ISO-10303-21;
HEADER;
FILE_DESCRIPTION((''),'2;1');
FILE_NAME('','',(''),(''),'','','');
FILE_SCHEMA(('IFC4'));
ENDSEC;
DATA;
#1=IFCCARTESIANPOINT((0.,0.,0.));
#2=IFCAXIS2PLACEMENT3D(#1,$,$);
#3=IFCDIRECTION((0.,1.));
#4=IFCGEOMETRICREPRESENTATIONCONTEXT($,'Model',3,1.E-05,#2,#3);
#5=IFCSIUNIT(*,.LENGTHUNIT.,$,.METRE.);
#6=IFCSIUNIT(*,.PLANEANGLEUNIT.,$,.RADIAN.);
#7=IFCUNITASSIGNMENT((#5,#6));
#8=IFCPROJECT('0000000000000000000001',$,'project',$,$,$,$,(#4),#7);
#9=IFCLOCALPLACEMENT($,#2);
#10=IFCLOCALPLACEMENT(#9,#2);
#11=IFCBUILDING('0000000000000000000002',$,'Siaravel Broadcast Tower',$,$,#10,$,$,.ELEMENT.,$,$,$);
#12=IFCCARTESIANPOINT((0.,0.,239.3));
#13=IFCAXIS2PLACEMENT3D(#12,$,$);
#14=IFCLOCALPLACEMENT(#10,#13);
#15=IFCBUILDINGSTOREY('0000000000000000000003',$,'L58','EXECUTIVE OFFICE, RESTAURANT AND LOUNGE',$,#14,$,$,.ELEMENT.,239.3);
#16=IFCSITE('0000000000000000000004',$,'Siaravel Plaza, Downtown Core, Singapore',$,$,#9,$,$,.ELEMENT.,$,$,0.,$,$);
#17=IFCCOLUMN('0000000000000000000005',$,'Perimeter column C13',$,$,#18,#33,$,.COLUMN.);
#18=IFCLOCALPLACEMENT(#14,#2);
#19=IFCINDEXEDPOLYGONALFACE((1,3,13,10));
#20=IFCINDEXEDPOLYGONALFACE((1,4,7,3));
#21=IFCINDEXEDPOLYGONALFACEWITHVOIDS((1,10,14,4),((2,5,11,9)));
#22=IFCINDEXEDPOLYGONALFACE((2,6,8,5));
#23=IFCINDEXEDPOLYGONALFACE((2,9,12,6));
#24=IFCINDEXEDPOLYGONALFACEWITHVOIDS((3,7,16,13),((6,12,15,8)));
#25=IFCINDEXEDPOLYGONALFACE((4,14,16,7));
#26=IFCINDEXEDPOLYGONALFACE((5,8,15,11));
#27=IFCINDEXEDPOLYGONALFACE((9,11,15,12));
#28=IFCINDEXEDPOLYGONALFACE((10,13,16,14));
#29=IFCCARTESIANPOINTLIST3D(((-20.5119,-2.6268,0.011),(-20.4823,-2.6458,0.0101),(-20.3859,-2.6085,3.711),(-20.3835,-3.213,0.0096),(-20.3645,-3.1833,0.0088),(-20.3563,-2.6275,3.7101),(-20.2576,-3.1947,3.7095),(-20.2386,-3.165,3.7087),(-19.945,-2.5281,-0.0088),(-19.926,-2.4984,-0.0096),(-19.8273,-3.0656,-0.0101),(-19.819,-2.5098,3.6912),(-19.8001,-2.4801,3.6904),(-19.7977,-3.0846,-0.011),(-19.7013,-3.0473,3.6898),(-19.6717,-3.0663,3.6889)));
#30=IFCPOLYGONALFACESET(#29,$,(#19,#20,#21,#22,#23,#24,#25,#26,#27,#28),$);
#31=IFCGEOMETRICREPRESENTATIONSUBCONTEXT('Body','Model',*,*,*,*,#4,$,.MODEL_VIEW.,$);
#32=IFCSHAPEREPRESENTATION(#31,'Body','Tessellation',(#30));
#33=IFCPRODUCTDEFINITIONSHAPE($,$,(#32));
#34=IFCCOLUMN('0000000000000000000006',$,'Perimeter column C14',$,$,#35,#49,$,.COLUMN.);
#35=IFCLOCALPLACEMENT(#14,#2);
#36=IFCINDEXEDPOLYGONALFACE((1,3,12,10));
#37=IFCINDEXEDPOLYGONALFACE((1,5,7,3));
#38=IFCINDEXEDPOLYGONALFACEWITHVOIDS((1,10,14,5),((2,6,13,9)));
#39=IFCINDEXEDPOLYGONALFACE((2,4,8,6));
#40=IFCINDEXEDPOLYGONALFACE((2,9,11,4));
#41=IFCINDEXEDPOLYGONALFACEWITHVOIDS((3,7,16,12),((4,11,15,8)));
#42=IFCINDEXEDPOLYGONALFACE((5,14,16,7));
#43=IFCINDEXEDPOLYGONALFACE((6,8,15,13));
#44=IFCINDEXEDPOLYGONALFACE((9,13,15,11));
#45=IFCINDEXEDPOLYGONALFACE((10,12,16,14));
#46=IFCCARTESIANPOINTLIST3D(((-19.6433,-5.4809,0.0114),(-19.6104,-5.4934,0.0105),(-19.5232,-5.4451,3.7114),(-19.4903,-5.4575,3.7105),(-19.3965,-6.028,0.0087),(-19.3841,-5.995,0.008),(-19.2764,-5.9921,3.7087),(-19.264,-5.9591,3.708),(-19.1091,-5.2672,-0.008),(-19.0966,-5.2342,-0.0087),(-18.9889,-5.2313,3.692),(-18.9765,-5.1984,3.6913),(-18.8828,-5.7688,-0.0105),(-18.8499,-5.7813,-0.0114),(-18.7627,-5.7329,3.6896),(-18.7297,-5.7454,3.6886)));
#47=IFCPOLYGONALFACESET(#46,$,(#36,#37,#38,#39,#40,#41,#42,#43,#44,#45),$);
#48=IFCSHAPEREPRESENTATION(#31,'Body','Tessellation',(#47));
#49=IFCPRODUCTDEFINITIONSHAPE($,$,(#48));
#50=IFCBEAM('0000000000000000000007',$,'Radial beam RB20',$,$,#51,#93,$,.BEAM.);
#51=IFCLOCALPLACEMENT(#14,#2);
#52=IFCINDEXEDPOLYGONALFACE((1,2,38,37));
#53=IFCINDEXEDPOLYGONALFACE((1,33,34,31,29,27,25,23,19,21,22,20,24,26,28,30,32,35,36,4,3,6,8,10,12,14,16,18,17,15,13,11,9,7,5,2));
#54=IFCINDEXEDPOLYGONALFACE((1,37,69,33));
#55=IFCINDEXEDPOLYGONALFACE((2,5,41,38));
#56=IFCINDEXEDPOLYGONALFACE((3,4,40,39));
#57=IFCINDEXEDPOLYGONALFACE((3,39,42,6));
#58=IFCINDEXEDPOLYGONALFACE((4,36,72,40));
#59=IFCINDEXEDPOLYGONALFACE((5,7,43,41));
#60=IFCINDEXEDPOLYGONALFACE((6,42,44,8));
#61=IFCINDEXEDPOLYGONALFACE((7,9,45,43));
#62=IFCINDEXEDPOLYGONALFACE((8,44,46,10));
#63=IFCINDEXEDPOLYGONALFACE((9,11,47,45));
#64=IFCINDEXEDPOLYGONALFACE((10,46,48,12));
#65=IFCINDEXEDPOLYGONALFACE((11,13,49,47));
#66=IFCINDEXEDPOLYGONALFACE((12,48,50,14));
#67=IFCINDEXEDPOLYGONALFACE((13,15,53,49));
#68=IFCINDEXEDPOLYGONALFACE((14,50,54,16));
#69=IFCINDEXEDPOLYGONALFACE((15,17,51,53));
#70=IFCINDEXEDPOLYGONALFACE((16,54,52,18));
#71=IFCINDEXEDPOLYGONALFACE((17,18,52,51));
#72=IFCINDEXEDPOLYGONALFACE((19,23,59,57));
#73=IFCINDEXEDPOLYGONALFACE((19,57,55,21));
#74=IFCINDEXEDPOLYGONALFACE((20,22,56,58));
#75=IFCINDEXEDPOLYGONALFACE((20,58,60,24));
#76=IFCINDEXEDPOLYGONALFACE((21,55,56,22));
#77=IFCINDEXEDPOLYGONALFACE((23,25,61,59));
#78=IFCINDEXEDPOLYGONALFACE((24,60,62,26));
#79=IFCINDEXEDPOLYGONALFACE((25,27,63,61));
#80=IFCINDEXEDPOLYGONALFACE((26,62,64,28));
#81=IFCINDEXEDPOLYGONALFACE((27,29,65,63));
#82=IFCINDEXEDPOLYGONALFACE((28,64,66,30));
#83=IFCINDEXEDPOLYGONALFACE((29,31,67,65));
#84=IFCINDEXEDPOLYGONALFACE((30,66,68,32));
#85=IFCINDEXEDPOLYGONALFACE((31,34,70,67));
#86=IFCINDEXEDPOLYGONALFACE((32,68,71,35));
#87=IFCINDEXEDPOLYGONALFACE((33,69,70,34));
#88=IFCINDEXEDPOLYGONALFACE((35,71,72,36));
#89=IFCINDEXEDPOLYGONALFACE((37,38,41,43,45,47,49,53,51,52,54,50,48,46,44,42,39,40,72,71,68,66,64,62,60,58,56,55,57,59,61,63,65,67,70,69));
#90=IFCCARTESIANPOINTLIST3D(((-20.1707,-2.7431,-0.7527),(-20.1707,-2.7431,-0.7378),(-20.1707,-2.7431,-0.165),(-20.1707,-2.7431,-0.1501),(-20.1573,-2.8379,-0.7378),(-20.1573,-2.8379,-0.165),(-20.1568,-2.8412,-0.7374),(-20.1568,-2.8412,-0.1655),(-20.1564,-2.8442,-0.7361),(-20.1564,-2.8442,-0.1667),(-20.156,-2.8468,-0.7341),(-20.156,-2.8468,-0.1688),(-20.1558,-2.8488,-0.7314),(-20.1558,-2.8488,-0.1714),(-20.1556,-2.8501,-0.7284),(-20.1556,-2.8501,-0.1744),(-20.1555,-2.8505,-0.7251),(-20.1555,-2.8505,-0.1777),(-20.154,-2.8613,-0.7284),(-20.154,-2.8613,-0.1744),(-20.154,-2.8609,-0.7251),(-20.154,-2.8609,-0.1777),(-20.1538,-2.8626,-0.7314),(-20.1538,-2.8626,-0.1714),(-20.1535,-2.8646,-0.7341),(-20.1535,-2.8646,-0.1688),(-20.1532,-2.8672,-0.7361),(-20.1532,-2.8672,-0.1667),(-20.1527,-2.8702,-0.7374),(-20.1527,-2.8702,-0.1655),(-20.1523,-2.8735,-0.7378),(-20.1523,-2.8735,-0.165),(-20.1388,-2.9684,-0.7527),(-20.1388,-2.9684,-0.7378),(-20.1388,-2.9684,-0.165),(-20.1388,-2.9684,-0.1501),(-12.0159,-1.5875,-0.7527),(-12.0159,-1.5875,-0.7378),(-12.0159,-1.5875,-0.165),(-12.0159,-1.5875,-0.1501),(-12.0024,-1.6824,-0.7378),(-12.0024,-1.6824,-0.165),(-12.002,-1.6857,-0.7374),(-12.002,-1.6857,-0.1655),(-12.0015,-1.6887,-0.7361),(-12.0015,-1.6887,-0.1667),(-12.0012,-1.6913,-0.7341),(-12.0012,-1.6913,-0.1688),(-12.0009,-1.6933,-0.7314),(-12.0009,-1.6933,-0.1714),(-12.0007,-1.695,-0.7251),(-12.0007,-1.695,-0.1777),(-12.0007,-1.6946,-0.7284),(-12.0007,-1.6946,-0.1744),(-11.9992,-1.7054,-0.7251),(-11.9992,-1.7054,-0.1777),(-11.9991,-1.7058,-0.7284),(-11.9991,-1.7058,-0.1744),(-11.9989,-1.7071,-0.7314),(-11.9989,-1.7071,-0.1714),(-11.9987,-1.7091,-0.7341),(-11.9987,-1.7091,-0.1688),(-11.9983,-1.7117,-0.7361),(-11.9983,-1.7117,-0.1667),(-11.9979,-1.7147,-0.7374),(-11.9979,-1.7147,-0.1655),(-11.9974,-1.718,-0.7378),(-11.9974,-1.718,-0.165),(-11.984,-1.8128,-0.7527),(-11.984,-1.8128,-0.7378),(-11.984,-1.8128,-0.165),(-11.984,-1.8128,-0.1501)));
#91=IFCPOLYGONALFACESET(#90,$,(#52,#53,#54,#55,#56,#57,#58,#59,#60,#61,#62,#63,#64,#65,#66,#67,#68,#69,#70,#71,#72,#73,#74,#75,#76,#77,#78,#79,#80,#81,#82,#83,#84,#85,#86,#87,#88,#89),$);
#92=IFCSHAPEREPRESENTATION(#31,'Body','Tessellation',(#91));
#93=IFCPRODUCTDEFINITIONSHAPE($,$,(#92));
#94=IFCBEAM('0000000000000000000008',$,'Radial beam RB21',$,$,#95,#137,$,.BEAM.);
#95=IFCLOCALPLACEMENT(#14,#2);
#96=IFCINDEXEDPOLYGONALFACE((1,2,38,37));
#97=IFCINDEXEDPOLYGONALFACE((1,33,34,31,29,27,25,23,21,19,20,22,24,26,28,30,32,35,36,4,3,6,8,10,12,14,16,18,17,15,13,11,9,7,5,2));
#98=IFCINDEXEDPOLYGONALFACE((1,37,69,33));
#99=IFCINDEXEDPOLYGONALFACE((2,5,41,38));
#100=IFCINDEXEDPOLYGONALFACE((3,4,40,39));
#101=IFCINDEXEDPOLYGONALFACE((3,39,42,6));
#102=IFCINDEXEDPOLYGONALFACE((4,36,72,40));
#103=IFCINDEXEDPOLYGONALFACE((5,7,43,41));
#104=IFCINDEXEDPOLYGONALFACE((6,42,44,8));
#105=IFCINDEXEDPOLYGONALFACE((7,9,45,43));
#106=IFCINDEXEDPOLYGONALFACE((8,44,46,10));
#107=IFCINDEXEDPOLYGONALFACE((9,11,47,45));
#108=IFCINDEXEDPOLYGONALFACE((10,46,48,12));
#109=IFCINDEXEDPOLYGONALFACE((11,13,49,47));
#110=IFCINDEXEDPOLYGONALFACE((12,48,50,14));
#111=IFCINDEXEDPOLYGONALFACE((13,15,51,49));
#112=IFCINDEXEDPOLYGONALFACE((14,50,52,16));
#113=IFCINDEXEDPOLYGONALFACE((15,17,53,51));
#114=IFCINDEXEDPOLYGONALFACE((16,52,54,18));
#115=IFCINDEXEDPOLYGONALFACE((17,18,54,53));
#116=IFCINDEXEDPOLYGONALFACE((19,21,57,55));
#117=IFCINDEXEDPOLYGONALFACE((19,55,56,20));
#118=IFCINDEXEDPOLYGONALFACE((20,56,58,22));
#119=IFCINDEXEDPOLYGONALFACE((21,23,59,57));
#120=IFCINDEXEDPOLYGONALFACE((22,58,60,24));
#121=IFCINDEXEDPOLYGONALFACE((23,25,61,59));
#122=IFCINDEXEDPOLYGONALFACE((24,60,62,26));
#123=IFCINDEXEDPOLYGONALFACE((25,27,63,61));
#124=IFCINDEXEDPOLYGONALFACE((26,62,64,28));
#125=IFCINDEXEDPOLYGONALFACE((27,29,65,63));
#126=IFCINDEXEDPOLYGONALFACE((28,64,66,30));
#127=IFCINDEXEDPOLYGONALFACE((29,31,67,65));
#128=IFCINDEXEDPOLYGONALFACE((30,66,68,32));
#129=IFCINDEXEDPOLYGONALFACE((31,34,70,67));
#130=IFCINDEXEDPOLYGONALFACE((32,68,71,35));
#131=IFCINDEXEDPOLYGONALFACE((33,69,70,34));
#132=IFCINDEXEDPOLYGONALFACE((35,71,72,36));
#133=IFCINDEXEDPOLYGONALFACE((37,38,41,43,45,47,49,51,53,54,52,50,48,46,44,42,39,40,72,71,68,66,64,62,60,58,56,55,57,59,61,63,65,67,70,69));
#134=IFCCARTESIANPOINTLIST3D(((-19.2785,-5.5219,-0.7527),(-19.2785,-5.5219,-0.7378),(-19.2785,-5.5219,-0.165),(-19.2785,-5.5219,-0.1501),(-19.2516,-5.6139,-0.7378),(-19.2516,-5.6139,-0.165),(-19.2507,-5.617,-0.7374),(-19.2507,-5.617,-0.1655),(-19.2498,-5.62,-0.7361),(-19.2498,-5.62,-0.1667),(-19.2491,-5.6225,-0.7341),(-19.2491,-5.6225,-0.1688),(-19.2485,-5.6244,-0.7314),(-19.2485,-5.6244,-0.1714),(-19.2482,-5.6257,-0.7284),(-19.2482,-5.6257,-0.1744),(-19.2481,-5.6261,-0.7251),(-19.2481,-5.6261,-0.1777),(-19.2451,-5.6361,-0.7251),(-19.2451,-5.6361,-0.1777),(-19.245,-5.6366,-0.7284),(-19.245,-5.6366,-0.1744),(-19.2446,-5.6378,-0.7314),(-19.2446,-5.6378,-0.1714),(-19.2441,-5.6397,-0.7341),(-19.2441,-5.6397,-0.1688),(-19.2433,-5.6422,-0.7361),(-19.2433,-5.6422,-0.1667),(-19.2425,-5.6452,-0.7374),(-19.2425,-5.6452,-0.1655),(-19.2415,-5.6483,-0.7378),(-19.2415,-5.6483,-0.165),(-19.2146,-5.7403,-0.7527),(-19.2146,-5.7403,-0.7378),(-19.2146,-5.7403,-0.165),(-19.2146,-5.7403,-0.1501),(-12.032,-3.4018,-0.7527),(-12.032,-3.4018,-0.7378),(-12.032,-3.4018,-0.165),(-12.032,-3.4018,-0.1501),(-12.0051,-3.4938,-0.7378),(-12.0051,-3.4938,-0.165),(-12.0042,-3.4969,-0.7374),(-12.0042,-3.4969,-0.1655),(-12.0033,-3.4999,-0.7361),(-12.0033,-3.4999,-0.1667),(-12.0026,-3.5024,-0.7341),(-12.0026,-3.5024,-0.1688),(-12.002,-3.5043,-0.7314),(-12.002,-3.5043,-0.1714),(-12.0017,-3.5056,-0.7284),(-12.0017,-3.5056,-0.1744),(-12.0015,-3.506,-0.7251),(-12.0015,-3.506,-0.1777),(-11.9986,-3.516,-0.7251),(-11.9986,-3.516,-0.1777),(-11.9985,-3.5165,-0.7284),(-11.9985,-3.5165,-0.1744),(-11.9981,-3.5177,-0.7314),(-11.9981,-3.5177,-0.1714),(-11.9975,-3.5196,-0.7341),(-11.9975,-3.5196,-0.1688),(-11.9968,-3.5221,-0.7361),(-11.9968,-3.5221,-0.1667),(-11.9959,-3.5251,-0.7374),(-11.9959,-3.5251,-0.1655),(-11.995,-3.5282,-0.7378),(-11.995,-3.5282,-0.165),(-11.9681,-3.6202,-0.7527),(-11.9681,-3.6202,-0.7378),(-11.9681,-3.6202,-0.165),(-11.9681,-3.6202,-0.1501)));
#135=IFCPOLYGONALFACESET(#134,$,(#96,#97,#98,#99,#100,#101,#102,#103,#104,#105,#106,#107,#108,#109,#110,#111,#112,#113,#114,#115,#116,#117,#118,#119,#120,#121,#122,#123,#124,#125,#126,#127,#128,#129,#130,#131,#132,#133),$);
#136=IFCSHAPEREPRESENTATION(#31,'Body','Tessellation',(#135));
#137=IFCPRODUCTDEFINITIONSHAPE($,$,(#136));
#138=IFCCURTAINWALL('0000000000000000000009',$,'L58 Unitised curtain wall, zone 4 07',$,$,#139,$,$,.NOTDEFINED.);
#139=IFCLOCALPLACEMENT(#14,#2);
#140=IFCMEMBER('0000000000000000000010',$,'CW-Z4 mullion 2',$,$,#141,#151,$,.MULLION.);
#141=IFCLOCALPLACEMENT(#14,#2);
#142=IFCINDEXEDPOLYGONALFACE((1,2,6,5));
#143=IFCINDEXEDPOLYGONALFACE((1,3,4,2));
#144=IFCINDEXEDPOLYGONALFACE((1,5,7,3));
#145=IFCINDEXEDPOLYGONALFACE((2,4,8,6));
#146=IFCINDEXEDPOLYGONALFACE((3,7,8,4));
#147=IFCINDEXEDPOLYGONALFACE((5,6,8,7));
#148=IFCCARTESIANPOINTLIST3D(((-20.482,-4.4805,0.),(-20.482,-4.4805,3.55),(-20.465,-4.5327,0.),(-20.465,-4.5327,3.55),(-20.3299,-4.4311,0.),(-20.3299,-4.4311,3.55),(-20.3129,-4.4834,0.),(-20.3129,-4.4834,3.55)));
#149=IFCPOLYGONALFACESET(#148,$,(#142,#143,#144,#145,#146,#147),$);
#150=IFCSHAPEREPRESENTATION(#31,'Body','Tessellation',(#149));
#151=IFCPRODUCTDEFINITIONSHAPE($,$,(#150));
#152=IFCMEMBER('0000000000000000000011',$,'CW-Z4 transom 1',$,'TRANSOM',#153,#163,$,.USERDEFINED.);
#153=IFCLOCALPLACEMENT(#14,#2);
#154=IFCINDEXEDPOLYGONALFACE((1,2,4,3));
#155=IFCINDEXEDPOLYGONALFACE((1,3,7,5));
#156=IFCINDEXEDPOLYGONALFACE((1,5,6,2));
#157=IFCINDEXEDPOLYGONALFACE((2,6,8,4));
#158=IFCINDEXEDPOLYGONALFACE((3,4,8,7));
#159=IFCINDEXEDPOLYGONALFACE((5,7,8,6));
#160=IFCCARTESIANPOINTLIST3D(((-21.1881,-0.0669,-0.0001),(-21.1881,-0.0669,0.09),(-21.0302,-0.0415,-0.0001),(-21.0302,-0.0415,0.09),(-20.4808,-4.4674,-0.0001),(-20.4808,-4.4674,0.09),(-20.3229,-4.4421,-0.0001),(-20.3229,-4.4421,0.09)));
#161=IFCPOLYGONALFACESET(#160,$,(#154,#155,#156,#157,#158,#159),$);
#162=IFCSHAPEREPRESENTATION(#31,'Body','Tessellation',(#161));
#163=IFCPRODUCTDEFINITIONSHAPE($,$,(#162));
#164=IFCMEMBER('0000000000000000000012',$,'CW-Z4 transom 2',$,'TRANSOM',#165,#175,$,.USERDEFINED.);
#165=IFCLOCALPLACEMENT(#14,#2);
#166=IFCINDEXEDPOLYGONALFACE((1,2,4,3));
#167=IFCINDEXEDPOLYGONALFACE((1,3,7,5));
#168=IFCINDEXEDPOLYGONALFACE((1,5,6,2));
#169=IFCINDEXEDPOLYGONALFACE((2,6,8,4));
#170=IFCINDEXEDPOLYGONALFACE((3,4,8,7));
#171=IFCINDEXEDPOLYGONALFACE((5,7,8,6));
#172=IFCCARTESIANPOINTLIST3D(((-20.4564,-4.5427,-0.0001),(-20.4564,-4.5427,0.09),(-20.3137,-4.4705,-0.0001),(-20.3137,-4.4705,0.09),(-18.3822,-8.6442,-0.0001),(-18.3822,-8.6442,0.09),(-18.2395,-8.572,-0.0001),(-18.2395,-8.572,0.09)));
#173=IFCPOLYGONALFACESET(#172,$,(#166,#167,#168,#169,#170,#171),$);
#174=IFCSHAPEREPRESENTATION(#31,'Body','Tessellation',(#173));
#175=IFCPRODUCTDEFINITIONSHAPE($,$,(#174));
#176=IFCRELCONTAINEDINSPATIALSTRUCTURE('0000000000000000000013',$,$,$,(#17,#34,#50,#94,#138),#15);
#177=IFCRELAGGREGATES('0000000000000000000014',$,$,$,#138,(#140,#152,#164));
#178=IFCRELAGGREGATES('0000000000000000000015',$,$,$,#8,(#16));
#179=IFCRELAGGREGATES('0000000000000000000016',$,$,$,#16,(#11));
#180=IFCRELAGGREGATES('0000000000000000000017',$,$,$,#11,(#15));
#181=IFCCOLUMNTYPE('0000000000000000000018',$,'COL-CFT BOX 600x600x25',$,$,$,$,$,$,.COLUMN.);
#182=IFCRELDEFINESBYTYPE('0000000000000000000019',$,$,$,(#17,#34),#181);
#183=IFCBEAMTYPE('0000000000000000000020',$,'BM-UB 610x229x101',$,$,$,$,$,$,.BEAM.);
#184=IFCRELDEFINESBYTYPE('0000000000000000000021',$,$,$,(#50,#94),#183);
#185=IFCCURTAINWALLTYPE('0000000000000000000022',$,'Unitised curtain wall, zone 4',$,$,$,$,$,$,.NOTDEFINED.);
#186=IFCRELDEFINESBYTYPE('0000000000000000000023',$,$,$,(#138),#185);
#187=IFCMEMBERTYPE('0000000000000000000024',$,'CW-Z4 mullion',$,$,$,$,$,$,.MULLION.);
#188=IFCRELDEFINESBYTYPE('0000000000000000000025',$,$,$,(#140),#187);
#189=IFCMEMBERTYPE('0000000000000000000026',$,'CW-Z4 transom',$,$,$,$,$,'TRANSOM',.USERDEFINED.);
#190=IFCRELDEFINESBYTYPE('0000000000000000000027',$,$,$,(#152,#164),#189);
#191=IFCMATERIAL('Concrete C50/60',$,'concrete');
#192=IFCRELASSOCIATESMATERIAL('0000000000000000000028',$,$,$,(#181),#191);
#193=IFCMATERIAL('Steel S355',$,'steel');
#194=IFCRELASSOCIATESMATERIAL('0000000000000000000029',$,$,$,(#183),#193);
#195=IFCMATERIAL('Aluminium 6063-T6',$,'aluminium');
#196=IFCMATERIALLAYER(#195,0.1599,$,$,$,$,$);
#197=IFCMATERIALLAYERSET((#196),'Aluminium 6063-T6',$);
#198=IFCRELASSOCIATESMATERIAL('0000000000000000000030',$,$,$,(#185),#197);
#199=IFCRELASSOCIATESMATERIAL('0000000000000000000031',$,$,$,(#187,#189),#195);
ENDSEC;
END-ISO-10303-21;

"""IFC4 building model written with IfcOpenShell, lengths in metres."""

from ifc_helpers import new_model, si_unit, direction, frame, origin, origin_2d, place, context, subcontext, project, spatial, rectangle, hollow_rectangle, i_section, extrude, material, layer, layer_set, material_profile, profile_set, type_object, element, aggregate, save


model = new_model("IFC4")

# Units and contexts
model_context = context("Model", 3, precision=1e-05, world=origin(), true_north=direction((0.0, 1.0)))
body_context = subcontext(model_context, "Body", "Model", "MODEL_VIEW")
ifc_project = project(units=[si_unit("LENGTHUNIT", "METRE"), si_unit("PLANEANGLEUNIT", "RADIAN")], contexts=[model_context])

# Site, building, storey
site_placement = place(None, origin())
site = spatial("IfcSite", under=ifc_project, at=site_placement, Name="Siaravel Plaza, Downtown Core, Singapore", CompositionType="ELEMENT", RefElevation=0.0)
building_placement = place(site_placement, origin())
building = spatial("IfcBuilding", under=site, at=building_placement, Name="Siaravel Broadcast Tower", CompositionType="ELEMENT")
storey_placement = place(building_placement, frame((0.0, 0.0, 239.3)))
storey = spatial("IfcBuildingStorey", under=building, at=storey_placement, Name="L58", Description="EXECUTIVE OFFICE, RESTAURANT AND LOUNGE", CompositionType="ELEMENT", Elevation=239.3)

# Columns
ifc_material_1 = material(Name="Concrete C50/60", Category="concrete")
ifc_material_profile_1 = material_profile(ifc_material_1, hollow_rectangle(XDim=0.6001, YDim=0.6001, WallThickness=0.0249, at=origin_2d()))
ifc_profile_set_1 = profile_set([ifc_material_profile_1], Name="Concrete C50/60")
column_type = type_object("IfcColumnType", Name="COL-CFT BOX 600x600x25", PredefinedType="COLUMN", material=ifc_profile_set_1)
for number, where, z_axis, x_axis, name in (
    (1, (-20.1548, -2.8557, 0.0), (0.034028, 0.004946, 0.999409), (-0.213909, 0.976851, 0.002449), "Perimeter column C13"),
    (2, (-19.2466, -5.6311, 0.0), (0.032446, 0.009694, 0.999426), (-0.411189, 0.911539, 0.004507), "Perimeter column C14"),
):
    element("IfcColumn", number, at=place(storey_placement, frame(where, z_axis=z_axis, x_axis=x_axis)), inside=storey, type_object=column_type, Name=name, PredefinedType="COLUMN", context=body_context, shape_type="SweptSolid", body=[
        extrude(hollow_rectangle(XDim=0.6001, YDim=0.6001, WallThickness=0.0249, at=origin_2d()), origin(), (0.0, 0.0, 1.0), 3.7021),
    ])

# Beams
ifc_material_2 = material(Name="Steel S355", Category="steel")
ifc_material_profile_2 = material_profile(ifc_material_2, i_section(OverallWidth=0.2275, OverallDepth=0.6025, WebThickness=0.0105, FlangeThickness=0.0149, FilletRadius=0.0127, at=origin_2d()))
ifc_profile_set_2 = profile_set([ifc_material_profile_2], Name="Steel S355")
beam_type = type_object("IfcBeamType", Name="BM-UB 610x229x101", PredefinedType="BEAM", material=ifc_profile_set_2)
beam_1_placement = place(storey_placement, frame((-20.1548, -2.8557, -0.4514), z_axis=(0.99011, 0.140297, 0.0), x_axis=(-0.140297, 0.99011, 0.0)))
element("IfcBeam", 3, at=beam_1_placement, inside=storey, type_object=beam_type, Name="Radial beam RB20", PredefinedType="BEAM", context=body_context, shape_type="SweptSolid", body=[
    extrude(i_section(OverallWidth=0.2275, OverallDepth=0.6025, WebThickness=0.0105, FlangeThickness=0.0149, FilletRadius=0.0127, at=origin_2d()), origin(), (0.0, 0.0, 1.0), 8.2363),
])
beam_2_placement = place(storey_placement, frame((-19.2466, -5.6311, -0.4514), z_axis=(0.959767, 0.280797, 0.0), x_axis=(-0.280797, 0.959767, 0.0)))
element("IfcBeam", 4, at=beam_2_placement, inside=storey, type_object=beam_type, Name="Radial beam RB21", PredefinedType="BEAM", context=body_context, shape_type="SweptSolid", body=[
    extrude(i_section(OverallWidth=0.2275, OverallDepth=0.6025, WebThickness=0.0105, FlangeThickness=0.0149, FilletRadius=0.0127, at=origin_2d()), origin(), (0.0, 0.0, 1.0), 7.5503),
])

# Curtain wall, members
ifc_material_3 = material(Name="Aluminium 6063-T6", Category="aluminium")
ifc_layer_1 = layer(ifc_material_3, 0.1599)
ifc_layer_set_1 = layer_set([ifc_layer_1], Name="Aluminium 6063-T6")
curtain_wall_type = type_object("IfcCurtainWallType", Name="Unitised curtain wall, zone 4", PredefinedType="NOTDEFINED", material=ifc_layer_set_1)
curtain_wall_placement = place(storey_placement, origin())
curtain_wall = element("IfcCurtainWall", 5, at=curtain_wall_placement, inside=storey, type_object=curtain_wall_type, Name="L58 Unitised curtain wall, zone 4 07", PredefinedType="NOTDEFINED")
ifc_material_profile_3 = material_profile(ifc_material_3, rectangle(XDim=0.1599, YDim=0.0549, at=origin_2d()))
ifc_profile_set_3 = profile_set([ifc_material_profile_3], Name="Aluminium 6063-T6")
member_type_1 = type_object("IfcMemberType", Name="CW-Z4 mullion", PredefinedType="MULLION", material=ifc_profile_set_3)
member_1_placement = place(storey_placement, frame((-20.3975, -4.4819, 0.0), z_axis=(0.0, 0.0, 1.0), x_axis=(0.951178, 0.308644, 0.0)))
member_1 = element("IfcMember", 6, at=member_1_placement, type_object=member_type_1, Name="CW-Z4 mullion 2", PredefinedType="MULLION", context=body_context, shape_type="SweptSolid", body=[
    extrude(rectangle(XDim=0.1599, YDim=0.0549, at=origin_2d()), origin(), (0.0, 0.0, 1.0), 3.55),
])
ifc_material_profile_4 = material_profile(ifc_material_3, rectangle(XDim=0.1599, YDim=0.0901, at=origin_2d()))
ifc_profile_set_4 = profile_set([ifc_material_profile_4], Name="Aluminium 6063-T6")
member_type_2 = type_object("IfcMemberType", Name="CW-Z4 transom", ElementType="TRANSOM", PredefinedType="USERDEFINED", material=ifc_profile_set_4)
member_2_placement = place(storey_placement, frame((-21.1091, -0.0542, 0.0449), z_axis=(0.158685, -0.987329, 0.0), x_axis=(0.987329, 0.158685, 0.0)))
member_2 = element("IfcMember", 7, at=member_2_placement, type_object=member_type_2, Name="CW-Z4 transom 1", ObjectType="TRANSOM", PredefinedType="USERDEFINED", context=body_context, shape_type="SweptSolid", body=[
    extrude(rectangle(XDim=0.1599, YDim=0.0901, at=origin_2d()), origin(), (0.0, 0.0, 1.0), 4.457),
])
member_3_placement = place(storey_placement, frame((-20.385, -4.5066, 0.0449), z_axis=(0.451288, -0.892378, 0.0), x_axis=(0.892378, 0.451288, 0.0)))
member_3 = element("IfcMember", 8, at=member_3_placement, type_object=member_type_2, Name="CW-Z4 transom 2", ObjectType="TRANSOM", PredefinedType="USERDEFINED", context=body_context, shape_type="SweptSolid", body=[
    extrude(rectangle(XDim=0.1599, YDim=0.0901, at=origin_2d()), origin(), (0.0, 0.0, 1.0), 4.5962),
])

aggregate(curtain_wall, [member_1, member_2, member_3])

save(model, "model.ifc")
